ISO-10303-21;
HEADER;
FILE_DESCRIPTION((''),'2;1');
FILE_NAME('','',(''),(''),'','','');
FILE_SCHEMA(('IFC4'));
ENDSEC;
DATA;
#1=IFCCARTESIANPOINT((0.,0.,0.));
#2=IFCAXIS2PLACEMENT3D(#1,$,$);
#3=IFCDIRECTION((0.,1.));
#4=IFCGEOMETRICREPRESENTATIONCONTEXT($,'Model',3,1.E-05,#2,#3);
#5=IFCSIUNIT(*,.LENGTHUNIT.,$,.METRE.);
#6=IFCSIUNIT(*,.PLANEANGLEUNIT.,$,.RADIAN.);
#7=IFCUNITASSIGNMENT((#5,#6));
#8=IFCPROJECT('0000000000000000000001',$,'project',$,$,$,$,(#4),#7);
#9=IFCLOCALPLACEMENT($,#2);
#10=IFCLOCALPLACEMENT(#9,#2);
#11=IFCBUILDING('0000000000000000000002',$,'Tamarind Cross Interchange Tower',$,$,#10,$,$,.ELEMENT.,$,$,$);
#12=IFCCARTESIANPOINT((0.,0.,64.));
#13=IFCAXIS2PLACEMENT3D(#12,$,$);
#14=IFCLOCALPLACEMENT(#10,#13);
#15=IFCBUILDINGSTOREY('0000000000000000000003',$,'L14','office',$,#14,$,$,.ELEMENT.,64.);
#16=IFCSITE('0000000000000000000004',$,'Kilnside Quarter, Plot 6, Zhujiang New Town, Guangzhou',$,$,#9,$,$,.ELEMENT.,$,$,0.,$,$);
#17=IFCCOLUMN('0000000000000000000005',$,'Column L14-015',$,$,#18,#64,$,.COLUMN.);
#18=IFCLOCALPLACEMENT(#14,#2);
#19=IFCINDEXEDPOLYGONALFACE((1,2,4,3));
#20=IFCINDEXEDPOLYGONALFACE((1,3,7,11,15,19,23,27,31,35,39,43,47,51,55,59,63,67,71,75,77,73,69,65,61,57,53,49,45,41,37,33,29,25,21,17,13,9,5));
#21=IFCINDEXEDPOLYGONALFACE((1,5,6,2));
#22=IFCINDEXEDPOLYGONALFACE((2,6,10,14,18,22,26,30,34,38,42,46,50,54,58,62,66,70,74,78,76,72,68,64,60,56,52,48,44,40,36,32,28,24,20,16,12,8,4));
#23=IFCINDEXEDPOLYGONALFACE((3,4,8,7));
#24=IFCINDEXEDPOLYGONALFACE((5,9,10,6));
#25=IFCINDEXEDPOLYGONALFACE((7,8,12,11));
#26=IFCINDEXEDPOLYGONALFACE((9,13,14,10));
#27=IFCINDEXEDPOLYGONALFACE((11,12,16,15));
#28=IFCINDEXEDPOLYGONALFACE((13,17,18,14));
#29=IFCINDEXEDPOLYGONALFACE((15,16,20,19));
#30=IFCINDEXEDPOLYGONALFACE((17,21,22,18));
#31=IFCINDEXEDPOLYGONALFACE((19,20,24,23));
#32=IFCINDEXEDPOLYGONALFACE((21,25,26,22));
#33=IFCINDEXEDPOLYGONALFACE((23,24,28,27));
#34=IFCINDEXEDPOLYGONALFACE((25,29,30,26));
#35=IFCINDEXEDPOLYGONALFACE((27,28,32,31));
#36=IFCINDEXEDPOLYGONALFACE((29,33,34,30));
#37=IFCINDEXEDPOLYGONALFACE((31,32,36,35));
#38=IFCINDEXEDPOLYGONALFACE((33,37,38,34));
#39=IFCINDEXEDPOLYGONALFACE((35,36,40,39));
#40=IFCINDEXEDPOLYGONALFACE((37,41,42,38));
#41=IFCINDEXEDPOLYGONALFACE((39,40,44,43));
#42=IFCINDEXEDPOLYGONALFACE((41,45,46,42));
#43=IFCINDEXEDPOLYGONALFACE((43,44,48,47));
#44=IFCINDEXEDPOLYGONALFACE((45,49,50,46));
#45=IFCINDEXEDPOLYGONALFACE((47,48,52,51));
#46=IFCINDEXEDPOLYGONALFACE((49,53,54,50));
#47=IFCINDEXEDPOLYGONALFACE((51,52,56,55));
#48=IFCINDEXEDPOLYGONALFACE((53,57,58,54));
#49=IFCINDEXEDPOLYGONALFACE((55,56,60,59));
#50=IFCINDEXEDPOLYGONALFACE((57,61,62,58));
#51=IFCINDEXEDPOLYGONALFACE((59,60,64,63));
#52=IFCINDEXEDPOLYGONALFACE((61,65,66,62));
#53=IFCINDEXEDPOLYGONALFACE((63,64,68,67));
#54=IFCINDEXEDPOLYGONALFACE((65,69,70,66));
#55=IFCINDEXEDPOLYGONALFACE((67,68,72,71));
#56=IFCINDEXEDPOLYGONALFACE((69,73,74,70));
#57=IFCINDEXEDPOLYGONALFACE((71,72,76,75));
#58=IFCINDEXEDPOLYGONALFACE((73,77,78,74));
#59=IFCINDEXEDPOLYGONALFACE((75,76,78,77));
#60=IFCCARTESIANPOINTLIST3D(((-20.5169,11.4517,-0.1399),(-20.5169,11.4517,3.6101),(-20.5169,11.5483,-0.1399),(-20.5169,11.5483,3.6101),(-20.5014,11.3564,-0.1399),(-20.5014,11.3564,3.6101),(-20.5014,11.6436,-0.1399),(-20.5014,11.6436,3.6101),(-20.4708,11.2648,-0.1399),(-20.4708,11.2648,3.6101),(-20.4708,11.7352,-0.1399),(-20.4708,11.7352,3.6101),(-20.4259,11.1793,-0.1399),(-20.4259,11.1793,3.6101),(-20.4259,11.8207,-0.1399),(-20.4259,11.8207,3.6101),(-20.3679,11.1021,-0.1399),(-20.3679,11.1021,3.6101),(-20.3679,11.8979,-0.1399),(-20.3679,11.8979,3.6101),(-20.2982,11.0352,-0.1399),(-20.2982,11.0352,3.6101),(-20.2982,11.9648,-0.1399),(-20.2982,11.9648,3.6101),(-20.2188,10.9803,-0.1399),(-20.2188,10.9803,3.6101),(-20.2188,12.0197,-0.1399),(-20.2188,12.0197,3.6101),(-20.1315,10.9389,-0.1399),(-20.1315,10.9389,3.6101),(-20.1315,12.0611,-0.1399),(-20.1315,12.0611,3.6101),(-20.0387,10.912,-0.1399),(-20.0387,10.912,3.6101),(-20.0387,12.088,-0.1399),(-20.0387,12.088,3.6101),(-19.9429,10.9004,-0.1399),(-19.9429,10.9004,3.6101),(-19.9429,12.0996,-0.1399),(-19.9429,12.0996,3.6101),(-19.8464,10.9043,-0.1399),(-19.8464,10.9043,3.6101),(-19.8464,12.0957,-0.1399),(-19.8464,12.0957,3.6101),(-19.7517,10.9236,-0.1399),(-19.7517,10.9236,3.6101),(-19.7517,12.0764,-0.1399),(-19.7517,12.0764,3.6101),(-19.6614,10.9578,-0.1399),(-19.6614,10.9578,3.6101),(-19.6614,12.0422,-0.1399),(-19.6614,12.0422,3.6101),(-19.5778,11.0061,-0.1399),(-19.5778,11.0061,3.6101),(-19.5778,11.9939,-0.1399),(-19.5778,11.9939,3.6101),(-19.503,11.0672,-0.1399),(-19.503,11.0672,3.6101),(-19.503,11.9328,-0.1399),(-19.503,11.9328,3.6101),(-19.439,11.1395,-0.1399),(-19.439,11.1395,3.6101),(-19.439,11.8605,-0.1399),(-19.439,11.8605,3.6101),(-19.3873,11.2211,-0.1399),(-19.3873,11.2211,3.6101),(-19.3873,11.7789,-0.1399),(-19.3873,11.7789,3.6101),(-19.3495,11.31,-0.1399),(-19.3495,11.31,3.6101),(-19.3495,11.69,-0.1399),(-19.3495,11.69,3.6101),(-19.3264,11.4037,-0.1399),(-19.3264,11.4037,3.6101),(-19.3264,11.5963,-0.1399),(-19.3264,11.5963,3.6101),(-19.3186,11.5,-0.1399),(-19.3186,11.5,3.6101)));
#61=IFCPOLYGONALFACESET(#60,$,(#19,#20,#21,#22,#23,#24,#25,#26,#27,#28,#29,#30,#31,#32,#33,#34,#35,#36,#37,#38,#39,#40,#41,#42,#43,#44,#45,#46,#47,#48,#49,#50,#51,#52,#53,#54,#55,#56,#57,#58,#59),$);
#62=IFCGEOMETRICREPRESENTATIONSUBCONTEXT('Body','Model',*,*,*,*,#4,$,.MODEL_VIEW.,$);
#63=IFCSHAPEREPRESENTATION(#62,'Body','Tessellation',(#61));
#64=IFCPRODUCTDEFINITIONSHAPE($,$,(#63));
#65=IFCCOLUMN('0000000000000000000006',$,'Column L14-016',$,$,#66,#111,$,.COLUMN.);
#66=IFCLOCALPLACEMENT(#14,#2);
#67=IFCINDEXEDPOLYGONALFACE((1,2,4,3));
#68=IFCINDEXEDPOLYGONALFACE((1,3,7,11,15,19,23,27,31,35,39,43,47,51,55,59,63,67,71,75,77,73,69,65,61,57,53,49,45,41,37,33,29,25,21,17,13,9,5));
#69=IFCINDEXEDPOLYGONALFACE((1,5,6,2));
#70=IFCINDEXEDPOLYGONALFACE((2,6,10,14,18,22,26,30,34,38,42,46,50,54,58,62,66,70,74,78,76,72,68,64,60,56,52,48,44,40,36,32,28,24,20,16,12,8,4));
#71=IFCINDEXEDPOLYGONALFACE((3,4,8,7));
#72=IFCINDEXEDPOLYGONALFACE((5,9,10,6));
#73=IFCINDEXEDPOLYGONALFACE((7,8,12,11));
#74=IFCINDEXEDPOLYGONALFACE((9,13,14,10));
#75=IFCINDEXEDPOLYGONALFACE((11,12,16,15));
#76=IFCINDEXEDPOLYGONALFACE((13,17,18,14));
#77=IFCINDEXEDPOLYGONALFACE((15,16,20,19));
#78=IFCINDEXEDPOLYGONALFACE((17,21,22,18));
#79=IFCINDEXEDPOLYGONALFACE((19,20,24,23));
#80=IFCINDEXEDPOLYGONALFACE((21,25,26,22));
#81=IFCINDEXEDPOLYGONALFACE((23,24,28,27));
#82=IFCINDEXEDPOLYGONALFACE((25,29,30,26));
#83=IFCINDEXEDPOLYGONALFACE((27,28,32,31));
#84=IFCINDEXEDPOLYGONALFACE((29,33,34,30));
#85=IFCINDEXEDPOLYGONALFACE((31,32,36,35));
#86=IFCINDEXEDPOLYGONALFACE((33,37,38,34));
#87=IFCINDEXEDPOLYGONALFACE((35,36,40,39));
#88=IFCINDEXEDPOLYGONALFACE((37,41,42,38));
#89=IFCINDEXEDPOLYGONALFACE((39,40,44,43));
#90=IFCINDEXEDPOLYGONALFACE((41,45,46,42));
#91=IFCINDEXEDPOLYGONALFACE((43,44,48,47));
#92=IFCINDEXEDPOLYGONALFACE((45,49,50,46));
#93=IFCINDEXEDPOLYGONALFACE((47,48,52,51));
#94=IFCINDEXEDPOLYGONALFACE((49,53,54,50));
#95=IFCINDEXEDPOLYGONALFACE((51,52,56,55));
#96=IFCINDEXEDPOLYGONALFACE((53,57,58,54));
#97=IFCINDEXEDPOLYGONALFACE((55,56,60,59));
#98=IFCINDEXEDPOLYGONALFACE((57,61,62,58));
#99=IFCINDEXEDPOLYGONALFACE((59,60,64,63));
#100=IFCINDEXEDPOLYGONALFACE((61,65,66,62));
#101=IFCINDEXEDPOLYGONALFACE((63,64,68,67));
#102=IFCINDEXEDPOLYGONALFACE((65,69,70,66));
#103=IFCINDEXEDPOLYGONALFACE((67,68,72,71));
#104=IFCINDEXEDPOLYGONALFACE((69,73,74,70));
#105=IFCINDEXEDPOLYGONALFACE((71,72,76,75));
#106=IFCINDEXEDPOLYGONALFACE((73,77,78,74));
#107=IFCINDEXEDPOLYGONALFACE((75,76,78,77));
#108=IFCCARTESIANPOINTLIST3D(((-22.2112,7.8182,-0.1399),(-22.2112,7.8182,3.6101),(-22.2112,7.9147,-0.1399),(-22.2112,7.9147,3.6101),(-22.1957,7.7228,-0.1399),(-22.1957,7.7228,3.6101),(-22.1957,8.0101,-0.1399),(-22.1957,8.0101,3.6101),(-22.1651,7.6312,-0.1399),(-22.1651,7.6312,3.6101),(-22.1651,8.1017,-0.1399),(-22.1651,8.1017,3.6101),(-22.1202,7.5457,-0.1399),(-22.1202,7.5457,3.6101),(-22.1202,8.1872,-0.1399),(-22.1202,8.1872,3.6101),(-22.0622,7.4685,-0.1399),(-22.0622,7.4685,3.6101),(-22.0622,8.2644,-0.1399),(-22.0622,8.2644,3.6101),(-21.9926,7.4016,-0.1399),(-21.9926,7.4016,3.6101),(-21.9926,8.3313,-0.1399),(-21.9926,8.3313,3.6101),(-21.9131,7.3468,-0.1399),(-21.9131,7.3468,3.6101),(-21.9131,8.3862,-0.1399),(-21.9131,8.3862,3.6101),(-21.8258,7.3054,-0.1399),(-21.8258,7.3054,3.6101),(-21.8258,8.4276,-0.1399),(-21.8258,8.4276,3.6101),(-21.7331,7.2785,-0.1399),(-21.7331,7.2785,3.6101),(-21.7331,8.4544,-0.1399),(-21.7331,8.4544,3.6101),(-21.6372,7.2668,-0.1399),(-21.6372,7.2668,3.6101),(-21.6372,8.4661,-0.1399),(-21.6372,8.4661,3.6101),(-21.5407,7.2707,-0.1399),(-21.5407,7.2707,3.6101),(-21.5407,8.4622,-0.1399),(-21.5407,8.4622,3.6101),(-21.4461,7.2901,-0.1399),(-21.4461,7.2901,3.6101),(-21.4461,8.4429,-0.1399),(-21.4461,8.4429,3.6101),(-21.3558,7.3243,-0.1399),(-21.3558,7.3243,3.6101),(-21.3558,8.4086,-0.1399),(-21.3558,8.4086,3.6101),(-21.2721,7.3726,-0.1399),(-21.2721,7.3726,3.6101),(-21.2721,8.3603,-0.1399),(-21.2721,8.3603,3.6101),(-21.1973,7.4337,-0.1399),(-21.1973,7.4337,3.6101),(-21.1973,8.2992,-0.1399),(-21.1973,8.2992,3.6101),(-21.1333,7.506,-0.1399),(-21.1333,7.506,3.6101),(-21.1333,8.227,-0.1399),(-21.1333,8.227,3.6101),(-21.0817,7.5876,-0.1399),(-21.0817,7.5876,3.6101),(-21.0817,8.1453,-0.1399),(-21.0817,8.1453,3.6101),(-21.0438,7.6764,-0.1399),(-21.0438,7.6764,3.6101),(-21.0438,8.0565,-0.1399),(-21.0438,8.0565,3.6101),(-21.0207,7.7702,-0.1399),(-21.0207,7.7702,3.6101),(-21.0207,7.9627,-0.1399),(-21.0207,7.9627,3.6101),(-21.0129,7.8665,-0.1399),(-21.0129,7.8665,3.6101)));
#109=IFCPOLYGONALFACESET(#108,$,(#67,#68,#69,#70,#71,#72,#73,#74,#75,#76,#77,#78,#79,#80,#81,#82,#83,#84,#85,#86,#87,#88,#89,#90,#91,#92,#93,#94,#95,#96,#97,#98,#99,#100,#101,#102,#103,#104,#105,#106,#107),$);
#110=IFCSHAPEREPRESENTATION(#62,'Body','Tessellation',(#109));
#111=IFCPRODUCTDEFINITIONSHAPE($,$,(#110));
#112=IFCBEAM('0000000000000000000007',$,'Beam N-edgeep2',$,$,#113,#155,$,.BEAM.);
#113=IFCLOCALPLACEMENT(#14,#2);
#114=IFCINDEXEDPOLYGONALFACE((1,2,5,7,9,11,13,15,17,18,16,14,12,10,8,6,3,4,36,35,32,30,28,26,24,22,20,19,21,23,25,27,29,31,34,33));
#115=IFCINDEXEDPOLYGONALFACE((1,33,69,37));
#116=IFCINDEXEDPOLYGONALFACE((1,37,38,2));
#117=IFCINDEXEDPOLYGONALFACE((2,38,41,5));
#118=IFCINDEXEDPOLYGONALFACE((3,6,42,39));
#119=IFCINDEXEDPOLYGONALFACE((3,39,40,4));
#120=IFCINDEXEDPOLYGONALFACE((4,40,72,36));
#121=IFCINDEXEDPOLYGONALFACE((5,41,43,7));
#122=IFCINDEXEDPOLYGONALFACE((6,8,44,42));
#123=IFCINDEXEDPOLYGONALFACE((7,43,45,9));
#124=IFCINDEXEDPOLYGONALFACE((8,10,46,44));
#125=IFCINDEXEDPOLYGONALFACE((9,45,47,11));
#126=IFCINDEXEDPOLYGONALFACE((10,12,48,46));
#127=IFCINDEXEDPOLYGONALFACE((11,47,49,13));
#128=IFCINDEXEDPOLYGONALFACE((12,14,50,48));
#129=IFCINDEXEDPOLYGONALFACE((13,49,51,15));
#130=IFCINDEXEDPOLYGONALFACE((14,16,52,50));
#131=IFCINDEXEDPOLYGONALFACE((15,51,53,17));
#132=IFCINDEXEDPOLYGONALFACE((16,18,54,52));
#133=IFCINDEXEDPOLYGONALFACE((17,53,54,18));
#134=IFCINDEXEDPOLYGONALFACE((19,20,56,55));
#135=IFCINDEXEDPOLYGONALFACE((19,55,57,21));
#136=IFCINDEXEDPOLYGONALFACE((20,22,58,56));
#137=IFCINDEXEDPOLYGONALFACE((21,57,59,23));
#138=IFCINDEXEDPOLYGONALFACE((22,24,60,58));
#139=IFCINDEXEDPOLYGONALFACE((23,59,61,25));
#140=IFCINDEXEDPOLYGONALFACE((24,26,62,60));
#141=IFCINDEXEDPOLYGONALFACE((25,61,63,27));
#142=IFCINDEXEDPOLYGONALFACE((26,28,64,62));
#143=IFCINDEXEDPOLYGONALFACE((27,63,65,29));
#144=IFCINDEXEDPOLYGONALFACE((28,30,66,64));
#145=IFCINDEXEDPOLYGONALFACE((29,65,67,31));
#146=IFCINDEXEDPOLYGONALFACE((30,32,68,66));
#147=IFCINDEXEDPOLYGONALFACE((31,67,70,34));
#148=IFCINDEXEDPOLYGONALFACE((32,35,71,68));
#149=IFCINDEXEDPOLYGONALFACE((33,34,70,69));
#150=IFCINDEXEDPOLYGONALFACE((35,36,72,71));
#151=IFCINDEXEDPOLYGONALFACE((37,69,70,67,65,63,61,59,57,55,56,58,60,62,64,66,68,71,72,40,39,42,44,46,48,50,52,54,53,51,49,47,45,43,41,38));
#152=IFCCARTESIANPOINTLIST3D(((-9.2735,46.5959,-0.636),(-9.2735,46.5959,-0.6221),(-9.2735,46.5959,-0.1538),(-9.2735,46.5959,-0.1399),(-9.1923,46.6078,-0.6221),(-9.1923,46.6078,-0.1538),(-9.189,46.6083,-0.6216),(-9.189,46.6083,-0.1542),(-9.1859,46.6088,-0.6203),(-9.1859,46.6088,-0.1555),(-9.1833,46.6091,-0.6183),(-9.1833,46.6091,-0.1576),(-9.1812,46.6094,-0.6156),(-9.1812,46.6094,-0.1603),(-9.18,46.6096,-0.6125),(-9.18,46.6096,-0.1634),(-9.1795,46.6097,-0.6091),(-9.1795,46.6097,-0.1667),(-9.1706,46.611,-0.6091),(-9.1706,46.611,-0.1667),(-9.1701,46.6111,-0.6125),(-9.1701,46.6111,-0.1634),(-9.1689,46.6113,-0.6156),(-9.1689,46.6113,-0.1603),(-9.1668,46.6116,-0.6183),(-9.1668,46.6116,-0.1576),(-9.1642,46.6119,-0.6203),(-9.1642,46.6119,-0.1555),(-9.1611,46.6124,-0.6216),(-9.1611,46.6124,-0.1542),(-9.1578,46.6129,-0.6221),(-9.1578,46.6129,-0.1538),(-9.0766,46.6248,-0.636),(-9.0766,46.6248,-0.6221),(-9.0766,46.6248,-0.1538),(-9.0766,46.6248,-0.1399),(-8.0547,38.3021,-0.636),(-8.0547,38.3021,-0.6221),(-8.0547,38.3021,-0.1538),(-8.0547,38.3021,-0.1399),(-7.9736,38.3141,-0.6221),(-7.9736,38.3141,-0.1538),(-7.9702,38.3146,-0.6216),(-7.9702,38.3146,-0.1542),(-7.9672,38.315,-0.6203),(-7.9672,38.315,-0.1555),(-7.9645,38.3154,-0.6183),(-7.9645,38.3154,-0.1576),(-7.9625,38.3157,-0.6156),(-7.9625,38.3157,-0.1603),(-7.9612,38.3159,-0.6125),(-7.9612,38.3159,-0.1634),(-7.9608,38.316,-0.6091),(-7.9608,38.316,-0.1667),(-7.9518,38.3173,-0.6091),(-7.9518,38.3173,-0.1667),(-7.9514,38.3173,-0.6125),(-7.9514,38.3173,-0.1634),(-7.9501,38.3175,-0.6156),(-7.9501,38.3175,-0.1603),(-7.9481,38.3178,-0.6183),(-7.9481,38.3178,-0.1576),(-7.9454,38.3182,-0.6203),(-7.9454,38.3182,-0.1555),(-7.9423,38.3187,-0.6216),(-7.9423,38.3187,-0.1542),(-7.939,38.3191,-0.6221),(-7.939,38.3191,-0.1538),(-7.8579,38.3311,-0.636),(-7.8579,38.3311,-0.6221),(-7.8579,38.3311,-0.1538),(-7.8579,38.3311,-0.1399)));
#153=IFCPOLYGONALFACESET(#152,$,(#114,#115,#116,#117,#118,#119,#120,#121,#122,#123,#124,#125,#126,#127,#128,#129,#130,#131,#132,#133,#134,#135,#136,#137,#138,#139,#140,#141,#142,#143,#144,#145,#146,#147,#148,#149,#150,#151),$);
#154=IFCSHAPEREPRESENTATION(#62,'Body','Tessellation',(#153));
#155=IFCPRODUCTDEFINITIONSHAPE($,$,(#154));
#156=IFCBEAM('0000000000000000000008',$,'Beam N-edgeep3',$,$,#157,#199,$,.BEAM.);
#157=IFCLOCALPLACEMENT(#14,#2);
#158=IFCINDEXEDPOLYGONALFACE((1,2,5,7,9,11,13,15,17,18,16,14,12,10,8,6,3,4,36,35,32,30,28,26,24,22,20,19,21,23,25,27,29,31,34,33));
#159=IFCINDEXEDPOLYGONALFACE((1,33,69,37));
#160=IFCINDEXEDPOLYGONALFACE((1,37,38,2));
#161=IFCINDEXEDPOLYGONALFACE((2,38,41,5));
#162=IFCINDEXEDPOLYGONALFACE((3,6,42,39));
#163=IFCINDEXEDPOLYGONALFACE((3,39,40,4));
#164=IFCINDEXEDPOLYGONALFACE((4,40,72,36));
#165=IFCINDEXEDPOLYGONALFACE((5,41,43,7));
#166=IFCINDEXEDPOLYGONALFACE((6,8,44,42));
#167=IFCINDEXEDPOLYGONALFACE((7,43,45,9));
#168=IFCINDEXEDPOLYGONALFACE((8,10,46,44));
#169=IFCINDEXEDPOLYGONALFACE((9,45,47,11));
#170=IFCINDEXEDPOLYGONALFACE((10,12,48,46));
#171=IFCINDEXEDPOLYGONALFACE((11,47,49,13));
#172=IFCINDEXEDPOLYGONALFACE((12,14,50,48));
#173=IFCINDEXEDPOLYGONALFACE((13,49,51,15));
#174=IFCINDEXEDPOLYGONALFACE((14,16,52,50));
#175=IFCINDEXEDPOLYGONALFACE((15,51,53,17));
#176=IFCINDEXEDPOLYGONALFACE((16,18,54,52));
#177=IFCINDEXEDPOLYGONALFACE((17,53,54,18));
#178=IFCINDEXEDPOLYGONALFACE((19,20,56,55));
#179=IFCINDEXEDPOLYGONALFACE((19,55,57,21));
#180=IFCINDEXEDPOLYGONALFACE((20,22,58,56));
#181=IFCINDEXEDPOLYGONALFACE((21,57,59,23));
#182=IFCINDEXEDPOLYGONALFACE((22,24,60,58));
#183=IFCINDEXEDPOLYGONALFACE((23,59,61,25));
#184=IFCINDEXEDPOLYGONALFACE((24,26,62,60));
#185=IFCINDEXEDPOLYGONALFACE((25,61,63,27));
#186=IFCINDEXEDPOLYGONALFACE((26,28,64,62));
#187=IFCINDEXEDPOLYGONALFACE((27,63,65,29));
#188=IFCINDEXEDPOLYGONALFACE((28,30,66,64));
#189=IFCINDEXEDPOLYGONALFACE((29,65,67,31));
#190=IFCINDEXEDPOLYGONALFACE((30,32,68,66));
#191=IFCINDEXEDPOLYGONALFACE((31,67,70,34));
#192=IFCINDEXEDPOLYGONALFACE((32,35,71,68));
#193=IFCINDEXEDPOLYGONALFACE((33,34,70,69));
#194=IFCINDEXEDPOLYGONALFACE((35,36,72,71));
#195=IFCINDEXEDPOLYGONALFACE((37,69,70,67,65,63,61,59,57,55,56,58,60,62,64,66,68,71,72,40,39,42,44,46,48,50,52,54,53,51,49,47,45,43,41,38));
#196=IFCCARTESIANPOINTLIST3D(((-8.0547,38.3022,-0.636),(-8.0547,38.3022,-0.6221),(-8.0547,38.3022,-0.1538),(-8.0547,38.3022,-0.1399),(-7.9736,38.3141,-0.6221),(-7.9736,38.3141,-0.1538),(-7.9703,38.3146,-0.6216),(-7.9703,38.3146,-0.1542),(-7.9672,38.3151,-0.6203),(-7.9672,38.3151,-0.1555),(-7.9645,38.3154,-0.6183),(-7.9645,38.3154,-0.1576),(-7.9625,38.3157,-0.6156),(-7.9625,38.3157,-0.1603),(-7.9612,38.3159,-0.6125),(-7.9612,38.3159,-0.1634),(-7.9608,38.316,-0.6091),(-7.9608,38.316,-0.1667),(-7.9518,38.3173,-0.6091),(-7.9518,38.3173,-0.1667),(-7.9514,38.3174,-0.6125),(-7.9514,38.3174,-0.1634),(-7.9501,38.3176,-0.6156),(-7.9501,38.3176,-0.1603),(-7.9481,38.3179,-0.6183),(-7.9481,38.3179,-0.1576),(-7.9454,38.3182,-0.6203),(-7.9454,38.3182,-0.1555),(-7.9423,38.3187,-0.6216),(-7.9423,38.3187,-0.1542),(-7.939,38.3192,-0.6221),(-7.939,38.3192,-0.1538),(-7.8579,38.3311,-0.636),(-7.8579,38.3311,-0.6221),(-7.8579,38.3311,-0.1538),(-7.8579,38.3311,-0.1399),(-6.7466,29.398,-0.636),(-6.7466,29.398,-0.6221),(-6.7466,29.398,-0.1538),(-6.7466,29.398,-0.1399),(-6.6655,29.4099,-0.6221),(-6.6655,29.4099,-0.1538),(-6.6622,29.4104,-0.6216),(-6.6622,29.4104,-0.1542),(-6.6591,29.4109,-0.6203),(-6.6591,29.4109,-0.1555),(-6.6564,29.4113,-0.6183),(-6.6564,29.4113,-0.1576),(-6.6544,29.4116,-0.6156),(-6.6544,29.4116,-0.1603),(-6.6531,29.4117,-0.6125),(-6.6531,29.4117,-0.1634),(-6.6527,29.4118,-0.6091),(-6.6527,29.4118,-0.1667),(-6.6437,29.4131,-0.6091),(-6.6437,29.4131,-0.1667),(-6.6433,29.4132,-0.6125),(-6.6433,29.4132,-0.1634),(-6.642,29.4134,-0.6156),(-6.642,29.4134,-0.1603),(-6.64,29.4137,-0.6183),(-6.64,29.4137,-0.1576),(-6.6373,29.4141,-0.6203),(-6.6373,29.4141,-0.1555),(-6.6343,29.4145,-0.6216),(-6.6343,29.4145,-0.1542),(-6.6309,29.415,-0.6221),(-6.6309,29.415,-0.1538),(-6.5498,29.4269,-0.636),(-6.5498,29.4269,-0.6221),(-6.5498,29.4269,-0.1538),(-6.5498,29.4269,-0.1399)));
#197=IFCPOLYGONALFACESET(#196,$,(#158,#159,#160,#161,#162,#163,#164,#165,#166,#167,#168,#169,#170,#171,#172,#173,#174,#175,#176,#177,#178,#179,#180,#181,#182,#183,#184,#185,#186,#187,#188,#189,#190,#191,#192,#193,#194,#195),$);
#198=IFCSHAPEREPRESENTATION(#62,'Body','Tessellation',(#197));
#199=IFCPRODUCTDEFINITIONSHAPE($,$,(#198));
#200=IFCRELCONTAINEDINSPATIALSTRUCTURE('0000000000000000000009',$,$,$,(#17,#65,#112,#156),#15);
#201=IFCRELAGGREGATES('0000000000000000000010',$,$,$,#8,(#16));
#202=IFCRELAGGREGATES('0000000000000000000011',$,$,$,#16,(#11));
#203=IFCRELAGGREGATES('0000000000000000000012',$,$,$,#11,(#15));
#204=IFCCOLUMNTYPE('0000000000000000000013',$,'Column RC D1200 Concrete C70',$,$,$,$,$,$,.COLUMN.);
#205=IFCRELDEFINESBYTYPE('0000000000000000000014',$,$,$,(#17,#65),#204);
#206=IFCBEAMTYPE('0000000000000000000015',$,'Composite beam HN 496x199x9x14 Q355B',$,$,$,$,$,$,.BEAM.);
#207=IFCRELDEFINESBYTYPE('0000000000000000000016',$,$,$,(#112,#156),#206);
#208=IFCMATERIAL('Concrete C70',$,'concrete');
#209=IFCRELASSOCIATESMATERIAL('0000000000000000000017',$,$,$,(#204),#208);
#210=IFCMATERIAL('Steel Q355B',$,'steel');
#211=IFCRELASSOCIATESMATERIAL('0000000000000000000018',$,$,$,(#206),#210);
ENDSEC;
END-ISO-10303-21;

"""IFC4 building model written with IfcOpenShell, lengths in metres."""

from ifc_helpers import new_model, si_unit, direction, frame, origin, origin_2d, place, context, subcontext, project, spatial, circle, i_section, extrude, material, material_profile, profile_set, type_object, element, save


model = new_model("IFC4")

# Units and contexts
model_context = context("Model", 3, precision=1e-05, world=origin(), true_north=direction((0.0, 1.0)))
body_context = subcontext(model_context, "Body", "Model", "MODEL_VIEW")
ifc_project = project(units=[si_unit("LENGTHUNIT", "METRE"), si_unit("PLANEANGLEUNIT", "RADIAN")], contexts=[model_context])

# Site, building, storey
site_placement = place(None, origin())
site = spatial("IfcSite", under=ifc_project, at=site_placement, Name="Kilnside Quarter, Plot 6, Zhujiang New Town, Guangzhou", CompositionType="ELEMENT", RefElevation=0.0)
building_placement = place(site_placement, origin())
building = spatial("IfcBuilding", under=site, at=building_placement, Name="Tamarind Cross Interchange Tower", CompositionType="ELEMENT")
storey_placement = place(building_placement, frame((0.0, 0.0, 64.0)))
storey = spatial("IfcBuildingStorey", under=building, at=storey_placement, Name="L14", Description="office", CompositionType="ELEMENT", Elevation=64.0)

# Columns
ifc_material_1 = material(Name="Concrete C70", Category="concrete")
ifc_material_profile_1 = material_profile(ifc_material_1, circle(Radius=0.6001, at=origin_2d()), Name="RC D1200")
ifc_profile_set_1 = profile_set([ifc_material_profile_1], Name="Concrete C70")
column_type_1 = type_object("IfcColumnType", Name="Column RC D1200 Concrete C70", PredefinedType="COLUMN", material=ifc_profile_set_1)
for number, where, z_axis, x_axis, name in (
    (1, (-19.9187, 11.5, -0.1399), (0.0, 0.0, 1.0), (1.0, 0.0, 0.0), "Column L14-015"),
    (2, (-21.613, 7.8665, -0.1399), (0.0, 0.0, 1.0), (1.0, 0.0, 0.0), "Column L14-016"),
):
    element("IfcColumn", number, at=place(storey_placement, frame(where, z_axis=z_axis, x_axis=x_axis)), inside=storey, type_object=column_type_1, Name=name, PredefinedType="COLUMN", context=body_context, shape_type="SweptSolid", body=[
        extrude(circle(Radius=0.6001, at=origin_2d()), origin(), (0.0, 0.0, 1.0), 3.75),
    ])

# Beams
ifc_material_2 = material(Name="Steel Q355B", Category="steel")
ifc_material_profile_2 = material_profile(ifc_material_2, i_section(OverallWidth=0.199, OverallDepth=0.4961, WebThickness=0.009, FlangeThickness=0.0139, FilletRadius=0.0129, at=origin_2d()), Name="HN 496x199x9x14")
ifc_profile_set_2 = profile_set([ifc_material_profile_2], Name="Steel Q355B")
beam_type_1 = type_object("IfcBeamType", Name="Composite beam HN 496x199x9x14 Q355B", PredefinedType="BEAM", material=ifc_profile_set_2)
beam_1_placement = place(storey_placement, frame((-9.175, 46.6104, -0.3879), z_axis=(0.145388, -0.989375, 0.0), x_axis=(0.989375, 0.145388, 0.0)))
element("IfcBeam", 3, at=beam_1_placement, inside=storey, type_object=beam_type_1, Name="Beam N-edgeep2", PredefinedType="BEAM", context=body_context, shape_type="SweptSolid", body=[
    extrude(i_section(OverallWidth=0.199, OverallDepth=0.4961, WebThickness=0.009, FlangeThickness=0.0139, FilletRadius=0.0129, at=origin_2d()), origin(), (0.0, 0.0, 1.0), 8.3828),
])
beam_2_placement = place(storey_placement, frame((-7.9563, 38.3167, -0.3879), z_axis=(0.145347, -0.989381, 0.0), x_axis=(0.989381, 0.145347, 0.0)))
element("IfcBeam", 4, at=beam_2_placement, inside=storey, type_object=beam_type_1, Name="Beam N-edgeep3", PredefinedType="BEAM", context=body_context, shape_type="SweptSolid", body=[
    extrude(i_section(OverallWidth=0.199, OverallDepth=0.4961, WebThickness=0.009, FlangeThickness=0.0139, FilletRadius=0.0129, at=origin_2d()), origin(), (0.0, 0.0, 1.0), 8.9998),
])

save(model, "model.ifc")
